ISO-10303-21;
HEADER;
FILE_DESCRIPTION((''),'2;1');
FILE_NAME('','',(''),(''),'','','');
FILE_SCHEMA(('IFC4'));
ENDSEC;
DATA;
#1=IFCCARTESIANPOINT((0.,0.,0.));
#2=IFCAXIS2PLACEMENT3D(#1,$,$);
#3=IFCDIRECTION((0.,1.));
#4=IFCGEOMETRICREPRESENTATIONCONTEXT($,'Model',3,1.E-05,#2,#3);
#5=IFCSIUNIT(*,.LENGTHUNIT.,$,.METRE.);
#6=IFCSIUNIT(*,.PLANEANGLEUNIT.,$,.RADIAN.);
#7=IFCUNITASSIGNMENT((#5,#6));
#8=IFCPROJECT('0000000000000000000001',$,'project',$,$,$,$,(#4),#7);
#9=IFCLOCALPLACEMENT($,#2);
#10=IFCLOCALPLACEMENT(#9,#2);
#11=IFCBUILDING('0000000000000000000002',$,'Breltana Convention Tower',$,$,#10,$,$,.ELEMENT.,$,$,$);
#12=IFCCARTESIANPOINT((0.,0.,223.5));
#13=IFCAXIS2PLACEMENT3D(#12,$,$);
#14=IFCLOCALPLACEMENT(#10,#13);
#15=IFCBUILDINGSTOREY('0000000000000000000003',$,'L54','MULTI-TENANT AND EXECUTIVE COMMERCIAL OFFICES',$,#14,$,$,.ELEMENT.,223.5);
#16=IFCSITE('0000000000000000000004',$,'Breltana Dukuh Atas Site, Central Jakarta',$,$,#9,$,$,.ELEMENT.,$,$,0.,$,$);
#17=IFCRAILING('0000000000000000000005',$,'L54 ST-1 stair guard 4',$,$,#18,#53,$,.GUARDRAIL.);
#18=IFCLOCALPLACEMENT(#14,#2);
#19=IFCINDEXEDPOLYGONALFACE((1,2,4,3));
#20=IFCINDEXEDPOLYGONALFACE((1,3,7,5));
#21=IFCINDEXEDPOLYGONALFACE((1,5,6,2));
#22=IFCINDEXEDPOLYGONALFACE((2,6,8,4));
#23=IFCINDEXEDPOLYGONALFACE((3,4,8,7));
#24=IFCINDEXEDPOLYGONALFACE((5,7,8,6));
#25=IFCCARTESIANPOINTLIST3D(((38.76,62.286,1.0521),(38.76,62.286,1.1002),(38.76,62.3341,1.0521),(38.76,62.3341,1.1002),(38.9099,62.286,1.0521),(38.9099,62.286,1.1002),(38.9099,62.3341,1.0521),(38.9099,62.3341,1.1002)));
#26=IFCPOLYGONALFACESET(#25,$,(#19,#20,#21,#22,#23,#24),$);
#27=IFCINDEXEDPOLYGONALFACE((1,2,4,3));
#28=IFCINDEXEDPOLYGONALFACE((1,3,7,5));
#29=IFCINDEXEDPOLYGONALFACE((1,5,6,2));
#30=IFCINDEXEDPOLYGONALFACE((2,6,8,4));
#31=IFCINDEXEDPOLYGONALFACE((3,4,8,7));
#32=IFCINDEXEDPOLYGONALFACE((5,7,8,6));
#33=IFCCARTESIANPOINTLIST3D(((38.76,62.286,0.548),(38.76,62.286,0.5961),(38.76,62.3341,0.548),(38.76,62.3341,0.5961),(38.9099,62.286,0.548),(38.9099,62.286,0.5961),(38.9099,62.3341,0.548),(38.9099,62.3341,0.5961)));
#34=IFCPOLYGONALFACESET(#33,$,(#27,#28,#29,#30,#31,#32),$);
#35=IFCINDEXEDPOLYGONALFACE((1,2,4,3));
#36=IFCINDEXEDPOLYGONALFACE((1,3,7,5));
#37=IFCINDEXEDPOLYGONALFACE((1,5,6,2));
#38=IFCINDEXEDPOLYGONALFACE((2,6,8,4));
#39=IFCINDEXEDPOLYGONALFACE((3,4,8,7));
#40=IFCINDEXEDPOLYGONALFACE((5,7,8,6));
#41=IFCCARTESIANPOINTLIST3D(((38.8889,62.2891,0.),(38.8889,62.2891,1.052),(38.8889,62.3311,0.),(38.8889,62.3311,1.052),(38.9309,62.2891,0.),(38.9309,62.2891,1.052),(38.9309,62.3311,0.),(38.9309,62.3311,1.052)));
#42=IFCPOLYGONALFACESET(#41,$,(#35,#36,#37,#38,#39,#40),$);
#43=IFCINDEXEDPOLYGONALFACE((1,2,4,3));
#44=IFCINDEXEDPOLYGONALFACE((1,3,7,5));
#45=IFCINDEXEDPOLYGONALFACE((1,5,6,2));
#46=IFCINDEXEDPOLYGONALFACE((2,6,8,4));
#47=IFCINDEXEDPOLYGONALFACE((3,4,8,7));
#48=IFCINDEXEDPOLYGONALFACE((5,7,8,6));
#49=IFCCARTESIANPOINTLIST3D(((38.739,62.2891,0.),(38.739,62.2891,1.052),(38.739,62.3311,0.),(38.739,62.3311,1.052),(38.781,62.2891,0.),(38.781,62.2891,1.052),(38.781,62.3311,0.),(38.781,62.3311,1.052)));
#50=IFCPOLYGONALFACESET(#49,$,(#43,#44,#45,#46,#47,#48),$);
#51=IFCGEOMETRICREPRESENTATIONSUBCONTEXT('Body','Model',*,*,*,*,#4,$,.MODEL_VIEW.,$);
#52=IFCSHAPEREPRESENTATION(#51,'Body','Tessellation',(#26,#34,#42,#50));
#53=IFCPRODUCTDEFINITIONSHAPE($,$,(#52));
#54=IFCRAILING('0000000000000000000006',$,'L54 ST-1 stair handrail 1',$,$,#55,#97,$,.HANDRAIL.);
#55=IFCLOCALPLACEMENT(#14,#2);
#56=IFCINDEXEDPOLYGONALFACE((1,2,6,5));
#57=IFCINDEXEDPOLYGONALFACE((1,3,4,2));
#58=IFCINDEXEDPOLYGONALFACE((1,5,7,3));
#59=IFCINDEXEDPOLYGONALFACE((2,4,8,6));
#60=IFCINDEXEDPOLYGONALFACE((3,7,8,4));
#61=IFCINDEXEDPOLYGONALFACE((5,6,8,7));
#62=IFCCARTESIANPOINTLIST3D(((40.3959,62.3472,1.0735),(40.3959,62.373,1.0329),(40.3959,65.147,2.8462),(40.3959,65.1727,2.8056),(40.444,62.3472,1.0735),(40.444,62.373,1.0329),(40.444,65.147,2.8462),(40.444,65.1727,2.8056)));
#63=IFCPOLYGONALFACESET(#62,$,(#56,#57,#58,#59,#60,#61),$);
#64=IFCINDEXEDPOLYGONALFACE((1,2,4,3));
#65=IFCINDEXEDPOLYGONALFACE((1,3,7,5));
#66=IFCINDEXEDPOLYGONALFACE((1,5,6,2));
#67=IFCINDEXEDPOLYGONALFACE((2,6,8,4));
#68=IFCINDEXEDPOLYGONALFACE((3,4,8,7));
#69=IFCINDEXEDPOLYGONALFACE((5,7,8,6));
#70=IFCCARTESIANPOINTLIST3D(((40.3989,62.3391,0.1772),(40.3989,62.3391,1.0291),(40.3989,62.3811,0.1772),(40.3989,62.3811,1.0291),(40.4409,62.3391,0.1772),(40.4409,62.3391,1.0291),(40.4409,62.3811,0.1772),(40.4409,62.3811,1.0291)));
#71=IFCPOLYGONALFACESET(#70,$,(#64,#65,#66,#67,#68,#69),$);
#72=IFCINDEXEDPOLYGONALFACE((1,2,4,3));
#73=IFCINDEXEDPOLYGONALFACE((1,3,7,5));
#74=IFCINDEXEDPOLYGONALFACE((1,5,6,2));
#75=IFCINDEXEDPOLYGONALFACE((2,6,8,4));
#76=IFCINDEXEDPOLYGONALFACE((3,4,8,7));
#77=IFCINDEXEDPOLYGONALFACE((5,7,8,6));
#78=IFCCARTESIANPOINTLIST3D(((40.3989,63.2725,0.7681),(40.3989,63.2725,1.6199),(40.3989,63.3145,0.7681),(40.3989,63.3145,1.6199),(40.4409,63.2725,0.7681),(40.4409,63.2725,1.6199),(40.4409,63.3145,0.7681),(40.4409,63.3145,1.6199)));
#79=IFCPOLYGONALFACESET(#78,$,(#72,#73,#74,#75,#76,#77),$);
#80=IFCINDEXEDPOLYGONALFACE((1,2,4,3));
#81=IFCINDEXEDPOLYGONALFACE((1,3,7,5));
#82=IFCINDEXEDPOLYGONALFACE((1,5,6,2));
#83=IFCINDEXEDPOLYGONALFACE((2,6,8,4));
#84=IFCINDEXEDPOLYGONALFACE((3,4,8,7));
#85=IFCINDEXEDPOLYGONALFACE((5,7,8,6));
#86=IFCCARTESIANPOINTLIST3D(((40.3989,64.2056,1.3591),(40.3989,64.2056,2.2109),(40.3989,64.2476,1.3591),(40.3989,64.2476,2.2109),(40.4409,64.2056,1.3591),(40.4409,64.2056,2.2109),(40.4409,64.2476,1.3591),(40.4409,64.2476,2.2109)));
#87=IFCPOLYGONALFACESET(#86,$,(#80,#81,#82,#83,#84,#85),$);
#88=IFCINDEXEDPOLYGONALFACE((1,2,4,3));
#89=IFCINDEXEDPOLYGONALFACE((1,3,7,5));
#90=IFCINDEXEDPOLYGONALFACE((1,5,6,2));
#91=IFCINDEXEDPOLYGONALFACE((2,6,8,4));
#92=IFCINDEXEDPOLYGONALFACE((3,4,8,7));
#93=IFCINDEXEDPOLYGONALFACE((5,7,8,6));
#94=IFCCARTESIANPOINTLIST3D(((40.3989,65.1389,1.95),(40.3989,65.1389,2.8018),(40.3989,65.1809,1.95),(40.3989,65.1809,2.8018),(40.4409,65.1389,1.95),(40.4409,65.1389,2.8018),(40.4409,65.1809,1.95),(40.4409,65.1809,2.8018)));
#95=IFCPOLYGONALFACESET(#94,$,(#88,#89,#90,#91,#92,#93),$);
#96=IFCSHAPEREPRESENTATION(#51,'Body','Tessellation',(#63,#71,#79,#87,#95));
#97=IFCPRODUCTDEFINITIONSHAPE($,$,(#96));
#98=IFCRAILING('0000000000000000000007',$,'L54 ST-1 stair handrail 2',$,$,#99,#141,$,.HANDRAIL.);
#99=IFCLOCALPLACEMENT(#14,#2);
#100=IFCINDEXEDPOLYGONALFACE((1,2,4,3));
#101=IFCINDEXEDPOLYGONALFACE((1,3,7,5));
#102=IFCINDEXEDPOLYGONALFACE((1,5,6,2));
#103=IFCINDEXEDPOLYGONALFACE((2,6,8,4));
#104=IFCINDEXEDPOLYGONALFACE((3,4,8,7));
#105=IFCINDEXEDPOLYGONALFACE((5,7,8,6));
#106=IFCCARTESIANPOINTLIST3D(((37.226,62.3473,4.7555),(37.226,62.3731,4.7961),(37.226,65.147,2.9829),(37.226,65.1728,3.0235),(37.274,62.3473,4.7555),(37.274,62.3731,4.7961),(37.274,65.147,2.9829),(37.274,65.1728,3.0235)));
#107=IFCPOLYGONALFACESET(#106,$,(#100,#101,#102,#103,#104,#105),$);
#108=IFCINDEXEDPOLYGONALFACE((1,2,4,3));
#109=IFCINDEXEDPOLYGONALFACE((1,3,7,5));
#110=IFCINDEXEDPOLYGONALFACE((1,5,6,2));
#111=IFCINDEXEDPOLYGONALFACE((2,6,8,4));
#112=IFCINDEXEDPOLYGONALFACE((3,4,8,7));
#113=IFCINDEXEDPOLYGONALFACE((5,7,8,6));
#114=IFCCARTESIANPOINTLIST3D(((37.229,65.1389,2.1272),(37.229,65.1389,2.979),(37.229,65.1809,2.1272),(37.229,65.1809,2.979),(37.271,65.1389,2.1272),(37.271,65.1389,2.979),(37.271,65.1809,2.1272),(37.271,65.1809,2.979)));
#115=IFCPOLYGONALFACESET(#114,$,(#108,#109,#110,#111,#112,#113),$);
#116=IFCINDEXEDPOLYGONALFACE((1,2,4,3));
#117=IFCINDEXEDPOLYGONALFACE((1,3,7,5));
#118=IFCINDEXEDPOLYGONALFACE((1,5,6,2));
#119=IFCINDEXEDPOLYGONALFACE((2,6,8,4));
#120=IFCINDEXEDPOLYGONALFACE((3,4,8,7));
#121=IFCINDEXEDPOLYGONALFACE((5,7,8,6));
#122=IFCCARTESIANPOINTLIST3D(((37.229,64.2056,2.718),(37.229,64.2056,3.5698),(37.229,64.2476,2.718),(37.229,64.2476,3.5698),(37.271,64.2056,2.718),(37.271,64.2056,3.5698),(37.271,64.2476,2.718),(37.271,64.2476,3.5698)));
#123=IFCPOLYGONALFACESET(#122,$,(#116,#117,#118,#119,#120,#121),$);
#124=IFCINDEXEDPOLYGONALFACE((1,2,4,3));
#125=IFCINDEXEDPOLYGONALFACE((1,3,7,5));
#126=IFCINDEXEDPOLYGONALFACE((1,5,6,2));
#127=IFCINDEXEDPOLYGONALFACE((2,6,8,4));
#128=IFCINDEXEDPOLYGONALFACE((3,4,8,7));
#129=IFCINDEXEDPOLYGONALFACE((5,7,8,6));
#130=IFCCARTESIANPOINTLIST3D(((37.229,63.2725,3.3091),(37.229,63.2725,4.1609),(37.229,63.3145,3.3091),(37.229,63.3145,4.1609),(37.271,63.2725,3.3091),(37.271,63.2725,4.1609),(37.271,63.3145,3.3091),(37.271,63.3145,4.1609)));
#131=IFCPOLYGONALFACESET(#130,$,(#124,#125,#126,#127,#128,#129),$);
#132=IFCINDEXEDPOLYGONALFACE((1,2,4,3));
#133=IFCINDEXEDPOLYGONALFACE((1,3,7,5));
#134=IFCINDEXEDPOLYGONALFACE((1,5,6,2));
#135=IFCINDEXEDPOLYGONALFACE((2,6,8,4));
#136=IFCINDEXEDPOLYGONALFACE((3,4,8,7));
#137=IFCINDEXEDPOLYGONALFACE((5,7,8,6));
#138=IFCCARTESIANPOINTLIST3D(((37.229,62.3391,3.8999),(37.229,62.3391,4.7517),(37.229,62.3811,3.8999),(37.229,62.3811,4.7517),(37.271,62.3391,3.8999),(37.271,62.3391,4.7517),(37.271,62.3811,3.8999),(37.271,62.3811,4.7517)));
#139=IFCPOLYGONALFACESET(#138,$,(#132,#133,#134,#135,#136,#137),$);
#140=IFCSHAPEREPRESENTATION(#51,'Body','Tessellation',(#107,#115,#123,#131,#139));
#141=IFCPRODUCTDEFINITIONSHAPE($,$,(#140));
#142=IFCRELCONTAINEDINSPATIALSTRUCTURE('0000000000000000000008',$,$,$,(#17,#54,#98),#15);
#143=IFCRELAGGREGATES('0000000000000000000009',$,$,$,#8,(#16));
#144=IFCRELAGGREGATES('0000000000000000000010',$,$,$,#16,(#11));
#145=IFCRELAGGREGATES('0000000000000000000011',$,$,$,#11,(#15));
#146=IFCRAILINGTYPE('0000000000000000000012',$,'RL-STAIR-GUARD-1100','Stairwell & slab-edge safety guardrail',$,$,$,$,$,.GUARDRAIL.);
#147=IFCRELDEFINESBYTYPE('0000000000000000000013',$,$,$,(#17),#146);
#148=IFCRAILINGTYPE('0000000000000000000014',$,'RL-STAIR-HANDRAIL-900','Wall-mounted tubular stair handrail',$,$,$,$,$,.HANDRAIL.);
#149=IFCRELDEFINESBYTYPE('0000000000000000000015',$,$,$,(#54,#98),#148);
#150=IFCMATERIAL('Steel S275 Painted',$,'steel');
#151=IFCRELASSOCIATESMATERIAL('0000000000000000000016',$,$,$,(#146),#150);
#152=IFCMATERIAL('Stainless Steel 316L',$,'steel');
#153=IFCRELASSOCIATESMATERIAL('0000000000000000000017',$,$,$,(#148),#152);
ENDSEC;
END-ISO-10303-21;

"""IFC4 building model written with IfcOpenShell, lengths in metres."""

from ifc_helpers import new_model, si_unit, direction, frame, origin, origin_2d, place, context, subcontext, project, spatial, rectangle, extrude, material, type_object, element, save


model = new_model("IFC4")

# Units and contexts
model_context = context("Model", 3, precision=1e-05, world=origin(), true_north=direction((0.0, 1.0)))
body_context = subcontext(model_context, "Body", "Model", "MODEL_VIEW")
ifc_project = project(units=[si_unit("LENGTHUNIT", "METRE"), si_unit("PLANEANGLEUNIT", "RADIAN")], contexts=[model_context])

# Site, building, storey
site_placement = place(None, origin())
site = spatial("IfcSite", under=ifc_project, at=site_placement, Name="Breltana Dukuh Atas Site, Central Jakarta", CompositionType="ELEMENT", RefElevation=0.0)
building_placement = place(site_placement, origin())
building = spatial("IfcBuilding", under=site, at=building_placement, Name="Breltana Convention Tower", CompositionType="ELEMENT")
storey_placement = place(building_placement, frame((0.0, 0.0, 223.5)))
storey = spatial("IfcBuildingStorey", under=building, at=storey_placement, Name="L54", Description="MULTI-TENANT AND EXECUTIVE COMMERCIAL OFFICES", CompositionType="ELEMENT", Elevation=223.5)

# Railings
ifc_material_1 = material(Name="Steel S275 Painted", Category="steel")
railing_type_1 = type_object("IfcRailingType", Name="RL-STAIR-GUARD-1100", Description="Stairwell & slab-edge safety guardrail", PredefinedType="GUARDRAIL", material=ifc_material_1)
railing_1_placement = place(storey_placement, frame((38.9099, 62.3101, 0.0)))
element("IfcRailing", 1, at=railing_1_placement, inside=storey, type_object=railing_type_1, Name="L54 ST-1 stair guard 4", PredefinedType="GUARDRAIL", context=body_context, shape_type="SweptSolid", body=[
    extrude(rectangle(XDim=0.0481, YDim=0.0481, at=origin_2d()), frame((0.0, 0.0, 1.0762), z_axis=(-1.0, 0.0, 0.0), x_axis=(0.0, -1.0, 0.0)), (0.0, 0.0, 1.0), 0.1499),
    extrude(rectangle(XDim=0.0481, YDim=0.0481, at=origin_2d()), frame((0.0, 0.0, 0.572), z_axis=(-1.0, 0.0, 0.0), x_axis=(0.0, -1.0, 0.0)), (0.0, 0.0, 1.0), 0.1499),
    extrude(rectangle(XDim=0.042, YDim=0.042, at=origin_2d()), origin(), (0.0, 0.0, 1.0), 1.052),
    extrude(rectangle(XDim=0.042, YDim=0.042, at=origin_2d()), frame((-0.1499, 0.0, 0.0)), (0.0, 0.0, 1.0), 1.052),
])
ifc_material_2 = material(Name="Stainless Steel 316L", Category="steel")
railing_type_2 = type_object("IfcRailingType", Name="RL-STAIR-HANDRAIL-900", Description="Wall-mounted tubular stair handrail", PredefinedType="HANDRAIL", material=ifc_material_2)
railing_2_placement = place(storey_placement, frame((40.4199, 62.3601, 0.1772)))
element("IfcRailing", 2, at=railing_2_placement, inside=storey, type_object=railing_type_2, Name="L54 ST-1 stair handrail 1", PredefinedType="HANDRAIL", context=body_context, shape_type="SweptSolid", body=[
    extrude(rectangle(XDim=0.0481, YDim=0.0481, at=origin_2d()), frame((0.0, 0.0, 0.876), z_axis=(0.0, 0.844888, 0.534943), x_axis=(-1.0, 0.0, 0.0)), (0.0, 0.0, 1.0), 3.3137),
    extrude(rectangle(XDim=0.042, YDim=0.042, at=origin_2d()), origin(), (0.0, 0.0, 1.0), 0.8518),
    extrude(rectangle(XDim=0.042, YDim=0.042, at=origin_2d()), frame((0.0, 0.9333, 0.5908)), (0.0, 0.0, 1.0), 0.8518),
    extrude(rectangle(XDim=0.042, YDim=0.042, at=origin_2d()), frame((0.0, 1.8665, 1.1819)), (0.0, 0.0, 1.0), 0.8518),
    extrude(rectangle(XDim=0.042, YDim=0.042, at=origin_2d()), frame((0.0, 2.7998, 1.7727)), (0.0, 0.0, 1.0), 0.8518),
])
railing_3_placement = place(storey_placement, frame((37.25, 65.1599, 2.1272)))
element("IfcRailing", 3, at=railing_3_placement, inside=storey, type_object=railing_type_2, Name="L54 ST-1 stair handrail 2", PredefinedType="HANDRAIL", context=body_context, shape_type="SweptSolid", body=[
    extrude(rectangle(XDim=0.0481, YDim=0.0481, at=origin_2d()), frame((0.0, 0.0, 0.876), z_axis=(0.0, -0.844888, 0.534943), x_axis=(1.0, 0.0, 0.0)), (0.0, 0.0, 1.0), 3.3137),
    extrude(rectangle(XDim=0.042, YDim=0.042, at=origin_2d()), origin(), (0.0, 0.0, 1.0), 0.8518),
    extrude(rectangle(XDim=0.042, YDim=0.042, at=origin_2d()), frame((0.0, -0.9333, 0.5908)), (0.0, 0.0, 1.0), 0.8518),
    extrude(rectangle(XDim=0.042, YDim=0.042, at=origin_2d()), frame((0.0, -1.8665, 1.1819)), (0.0, 0.0, 1.0), 0.8518),
    extrude(rectangle(XDim=0.042, YDim=0.042, at=origin_2d()), frame((0.0, -2.7998, 1.7727)), (0.0, 0.0, 1.0), 0.8518),
])

save(model, "model.ifc")
